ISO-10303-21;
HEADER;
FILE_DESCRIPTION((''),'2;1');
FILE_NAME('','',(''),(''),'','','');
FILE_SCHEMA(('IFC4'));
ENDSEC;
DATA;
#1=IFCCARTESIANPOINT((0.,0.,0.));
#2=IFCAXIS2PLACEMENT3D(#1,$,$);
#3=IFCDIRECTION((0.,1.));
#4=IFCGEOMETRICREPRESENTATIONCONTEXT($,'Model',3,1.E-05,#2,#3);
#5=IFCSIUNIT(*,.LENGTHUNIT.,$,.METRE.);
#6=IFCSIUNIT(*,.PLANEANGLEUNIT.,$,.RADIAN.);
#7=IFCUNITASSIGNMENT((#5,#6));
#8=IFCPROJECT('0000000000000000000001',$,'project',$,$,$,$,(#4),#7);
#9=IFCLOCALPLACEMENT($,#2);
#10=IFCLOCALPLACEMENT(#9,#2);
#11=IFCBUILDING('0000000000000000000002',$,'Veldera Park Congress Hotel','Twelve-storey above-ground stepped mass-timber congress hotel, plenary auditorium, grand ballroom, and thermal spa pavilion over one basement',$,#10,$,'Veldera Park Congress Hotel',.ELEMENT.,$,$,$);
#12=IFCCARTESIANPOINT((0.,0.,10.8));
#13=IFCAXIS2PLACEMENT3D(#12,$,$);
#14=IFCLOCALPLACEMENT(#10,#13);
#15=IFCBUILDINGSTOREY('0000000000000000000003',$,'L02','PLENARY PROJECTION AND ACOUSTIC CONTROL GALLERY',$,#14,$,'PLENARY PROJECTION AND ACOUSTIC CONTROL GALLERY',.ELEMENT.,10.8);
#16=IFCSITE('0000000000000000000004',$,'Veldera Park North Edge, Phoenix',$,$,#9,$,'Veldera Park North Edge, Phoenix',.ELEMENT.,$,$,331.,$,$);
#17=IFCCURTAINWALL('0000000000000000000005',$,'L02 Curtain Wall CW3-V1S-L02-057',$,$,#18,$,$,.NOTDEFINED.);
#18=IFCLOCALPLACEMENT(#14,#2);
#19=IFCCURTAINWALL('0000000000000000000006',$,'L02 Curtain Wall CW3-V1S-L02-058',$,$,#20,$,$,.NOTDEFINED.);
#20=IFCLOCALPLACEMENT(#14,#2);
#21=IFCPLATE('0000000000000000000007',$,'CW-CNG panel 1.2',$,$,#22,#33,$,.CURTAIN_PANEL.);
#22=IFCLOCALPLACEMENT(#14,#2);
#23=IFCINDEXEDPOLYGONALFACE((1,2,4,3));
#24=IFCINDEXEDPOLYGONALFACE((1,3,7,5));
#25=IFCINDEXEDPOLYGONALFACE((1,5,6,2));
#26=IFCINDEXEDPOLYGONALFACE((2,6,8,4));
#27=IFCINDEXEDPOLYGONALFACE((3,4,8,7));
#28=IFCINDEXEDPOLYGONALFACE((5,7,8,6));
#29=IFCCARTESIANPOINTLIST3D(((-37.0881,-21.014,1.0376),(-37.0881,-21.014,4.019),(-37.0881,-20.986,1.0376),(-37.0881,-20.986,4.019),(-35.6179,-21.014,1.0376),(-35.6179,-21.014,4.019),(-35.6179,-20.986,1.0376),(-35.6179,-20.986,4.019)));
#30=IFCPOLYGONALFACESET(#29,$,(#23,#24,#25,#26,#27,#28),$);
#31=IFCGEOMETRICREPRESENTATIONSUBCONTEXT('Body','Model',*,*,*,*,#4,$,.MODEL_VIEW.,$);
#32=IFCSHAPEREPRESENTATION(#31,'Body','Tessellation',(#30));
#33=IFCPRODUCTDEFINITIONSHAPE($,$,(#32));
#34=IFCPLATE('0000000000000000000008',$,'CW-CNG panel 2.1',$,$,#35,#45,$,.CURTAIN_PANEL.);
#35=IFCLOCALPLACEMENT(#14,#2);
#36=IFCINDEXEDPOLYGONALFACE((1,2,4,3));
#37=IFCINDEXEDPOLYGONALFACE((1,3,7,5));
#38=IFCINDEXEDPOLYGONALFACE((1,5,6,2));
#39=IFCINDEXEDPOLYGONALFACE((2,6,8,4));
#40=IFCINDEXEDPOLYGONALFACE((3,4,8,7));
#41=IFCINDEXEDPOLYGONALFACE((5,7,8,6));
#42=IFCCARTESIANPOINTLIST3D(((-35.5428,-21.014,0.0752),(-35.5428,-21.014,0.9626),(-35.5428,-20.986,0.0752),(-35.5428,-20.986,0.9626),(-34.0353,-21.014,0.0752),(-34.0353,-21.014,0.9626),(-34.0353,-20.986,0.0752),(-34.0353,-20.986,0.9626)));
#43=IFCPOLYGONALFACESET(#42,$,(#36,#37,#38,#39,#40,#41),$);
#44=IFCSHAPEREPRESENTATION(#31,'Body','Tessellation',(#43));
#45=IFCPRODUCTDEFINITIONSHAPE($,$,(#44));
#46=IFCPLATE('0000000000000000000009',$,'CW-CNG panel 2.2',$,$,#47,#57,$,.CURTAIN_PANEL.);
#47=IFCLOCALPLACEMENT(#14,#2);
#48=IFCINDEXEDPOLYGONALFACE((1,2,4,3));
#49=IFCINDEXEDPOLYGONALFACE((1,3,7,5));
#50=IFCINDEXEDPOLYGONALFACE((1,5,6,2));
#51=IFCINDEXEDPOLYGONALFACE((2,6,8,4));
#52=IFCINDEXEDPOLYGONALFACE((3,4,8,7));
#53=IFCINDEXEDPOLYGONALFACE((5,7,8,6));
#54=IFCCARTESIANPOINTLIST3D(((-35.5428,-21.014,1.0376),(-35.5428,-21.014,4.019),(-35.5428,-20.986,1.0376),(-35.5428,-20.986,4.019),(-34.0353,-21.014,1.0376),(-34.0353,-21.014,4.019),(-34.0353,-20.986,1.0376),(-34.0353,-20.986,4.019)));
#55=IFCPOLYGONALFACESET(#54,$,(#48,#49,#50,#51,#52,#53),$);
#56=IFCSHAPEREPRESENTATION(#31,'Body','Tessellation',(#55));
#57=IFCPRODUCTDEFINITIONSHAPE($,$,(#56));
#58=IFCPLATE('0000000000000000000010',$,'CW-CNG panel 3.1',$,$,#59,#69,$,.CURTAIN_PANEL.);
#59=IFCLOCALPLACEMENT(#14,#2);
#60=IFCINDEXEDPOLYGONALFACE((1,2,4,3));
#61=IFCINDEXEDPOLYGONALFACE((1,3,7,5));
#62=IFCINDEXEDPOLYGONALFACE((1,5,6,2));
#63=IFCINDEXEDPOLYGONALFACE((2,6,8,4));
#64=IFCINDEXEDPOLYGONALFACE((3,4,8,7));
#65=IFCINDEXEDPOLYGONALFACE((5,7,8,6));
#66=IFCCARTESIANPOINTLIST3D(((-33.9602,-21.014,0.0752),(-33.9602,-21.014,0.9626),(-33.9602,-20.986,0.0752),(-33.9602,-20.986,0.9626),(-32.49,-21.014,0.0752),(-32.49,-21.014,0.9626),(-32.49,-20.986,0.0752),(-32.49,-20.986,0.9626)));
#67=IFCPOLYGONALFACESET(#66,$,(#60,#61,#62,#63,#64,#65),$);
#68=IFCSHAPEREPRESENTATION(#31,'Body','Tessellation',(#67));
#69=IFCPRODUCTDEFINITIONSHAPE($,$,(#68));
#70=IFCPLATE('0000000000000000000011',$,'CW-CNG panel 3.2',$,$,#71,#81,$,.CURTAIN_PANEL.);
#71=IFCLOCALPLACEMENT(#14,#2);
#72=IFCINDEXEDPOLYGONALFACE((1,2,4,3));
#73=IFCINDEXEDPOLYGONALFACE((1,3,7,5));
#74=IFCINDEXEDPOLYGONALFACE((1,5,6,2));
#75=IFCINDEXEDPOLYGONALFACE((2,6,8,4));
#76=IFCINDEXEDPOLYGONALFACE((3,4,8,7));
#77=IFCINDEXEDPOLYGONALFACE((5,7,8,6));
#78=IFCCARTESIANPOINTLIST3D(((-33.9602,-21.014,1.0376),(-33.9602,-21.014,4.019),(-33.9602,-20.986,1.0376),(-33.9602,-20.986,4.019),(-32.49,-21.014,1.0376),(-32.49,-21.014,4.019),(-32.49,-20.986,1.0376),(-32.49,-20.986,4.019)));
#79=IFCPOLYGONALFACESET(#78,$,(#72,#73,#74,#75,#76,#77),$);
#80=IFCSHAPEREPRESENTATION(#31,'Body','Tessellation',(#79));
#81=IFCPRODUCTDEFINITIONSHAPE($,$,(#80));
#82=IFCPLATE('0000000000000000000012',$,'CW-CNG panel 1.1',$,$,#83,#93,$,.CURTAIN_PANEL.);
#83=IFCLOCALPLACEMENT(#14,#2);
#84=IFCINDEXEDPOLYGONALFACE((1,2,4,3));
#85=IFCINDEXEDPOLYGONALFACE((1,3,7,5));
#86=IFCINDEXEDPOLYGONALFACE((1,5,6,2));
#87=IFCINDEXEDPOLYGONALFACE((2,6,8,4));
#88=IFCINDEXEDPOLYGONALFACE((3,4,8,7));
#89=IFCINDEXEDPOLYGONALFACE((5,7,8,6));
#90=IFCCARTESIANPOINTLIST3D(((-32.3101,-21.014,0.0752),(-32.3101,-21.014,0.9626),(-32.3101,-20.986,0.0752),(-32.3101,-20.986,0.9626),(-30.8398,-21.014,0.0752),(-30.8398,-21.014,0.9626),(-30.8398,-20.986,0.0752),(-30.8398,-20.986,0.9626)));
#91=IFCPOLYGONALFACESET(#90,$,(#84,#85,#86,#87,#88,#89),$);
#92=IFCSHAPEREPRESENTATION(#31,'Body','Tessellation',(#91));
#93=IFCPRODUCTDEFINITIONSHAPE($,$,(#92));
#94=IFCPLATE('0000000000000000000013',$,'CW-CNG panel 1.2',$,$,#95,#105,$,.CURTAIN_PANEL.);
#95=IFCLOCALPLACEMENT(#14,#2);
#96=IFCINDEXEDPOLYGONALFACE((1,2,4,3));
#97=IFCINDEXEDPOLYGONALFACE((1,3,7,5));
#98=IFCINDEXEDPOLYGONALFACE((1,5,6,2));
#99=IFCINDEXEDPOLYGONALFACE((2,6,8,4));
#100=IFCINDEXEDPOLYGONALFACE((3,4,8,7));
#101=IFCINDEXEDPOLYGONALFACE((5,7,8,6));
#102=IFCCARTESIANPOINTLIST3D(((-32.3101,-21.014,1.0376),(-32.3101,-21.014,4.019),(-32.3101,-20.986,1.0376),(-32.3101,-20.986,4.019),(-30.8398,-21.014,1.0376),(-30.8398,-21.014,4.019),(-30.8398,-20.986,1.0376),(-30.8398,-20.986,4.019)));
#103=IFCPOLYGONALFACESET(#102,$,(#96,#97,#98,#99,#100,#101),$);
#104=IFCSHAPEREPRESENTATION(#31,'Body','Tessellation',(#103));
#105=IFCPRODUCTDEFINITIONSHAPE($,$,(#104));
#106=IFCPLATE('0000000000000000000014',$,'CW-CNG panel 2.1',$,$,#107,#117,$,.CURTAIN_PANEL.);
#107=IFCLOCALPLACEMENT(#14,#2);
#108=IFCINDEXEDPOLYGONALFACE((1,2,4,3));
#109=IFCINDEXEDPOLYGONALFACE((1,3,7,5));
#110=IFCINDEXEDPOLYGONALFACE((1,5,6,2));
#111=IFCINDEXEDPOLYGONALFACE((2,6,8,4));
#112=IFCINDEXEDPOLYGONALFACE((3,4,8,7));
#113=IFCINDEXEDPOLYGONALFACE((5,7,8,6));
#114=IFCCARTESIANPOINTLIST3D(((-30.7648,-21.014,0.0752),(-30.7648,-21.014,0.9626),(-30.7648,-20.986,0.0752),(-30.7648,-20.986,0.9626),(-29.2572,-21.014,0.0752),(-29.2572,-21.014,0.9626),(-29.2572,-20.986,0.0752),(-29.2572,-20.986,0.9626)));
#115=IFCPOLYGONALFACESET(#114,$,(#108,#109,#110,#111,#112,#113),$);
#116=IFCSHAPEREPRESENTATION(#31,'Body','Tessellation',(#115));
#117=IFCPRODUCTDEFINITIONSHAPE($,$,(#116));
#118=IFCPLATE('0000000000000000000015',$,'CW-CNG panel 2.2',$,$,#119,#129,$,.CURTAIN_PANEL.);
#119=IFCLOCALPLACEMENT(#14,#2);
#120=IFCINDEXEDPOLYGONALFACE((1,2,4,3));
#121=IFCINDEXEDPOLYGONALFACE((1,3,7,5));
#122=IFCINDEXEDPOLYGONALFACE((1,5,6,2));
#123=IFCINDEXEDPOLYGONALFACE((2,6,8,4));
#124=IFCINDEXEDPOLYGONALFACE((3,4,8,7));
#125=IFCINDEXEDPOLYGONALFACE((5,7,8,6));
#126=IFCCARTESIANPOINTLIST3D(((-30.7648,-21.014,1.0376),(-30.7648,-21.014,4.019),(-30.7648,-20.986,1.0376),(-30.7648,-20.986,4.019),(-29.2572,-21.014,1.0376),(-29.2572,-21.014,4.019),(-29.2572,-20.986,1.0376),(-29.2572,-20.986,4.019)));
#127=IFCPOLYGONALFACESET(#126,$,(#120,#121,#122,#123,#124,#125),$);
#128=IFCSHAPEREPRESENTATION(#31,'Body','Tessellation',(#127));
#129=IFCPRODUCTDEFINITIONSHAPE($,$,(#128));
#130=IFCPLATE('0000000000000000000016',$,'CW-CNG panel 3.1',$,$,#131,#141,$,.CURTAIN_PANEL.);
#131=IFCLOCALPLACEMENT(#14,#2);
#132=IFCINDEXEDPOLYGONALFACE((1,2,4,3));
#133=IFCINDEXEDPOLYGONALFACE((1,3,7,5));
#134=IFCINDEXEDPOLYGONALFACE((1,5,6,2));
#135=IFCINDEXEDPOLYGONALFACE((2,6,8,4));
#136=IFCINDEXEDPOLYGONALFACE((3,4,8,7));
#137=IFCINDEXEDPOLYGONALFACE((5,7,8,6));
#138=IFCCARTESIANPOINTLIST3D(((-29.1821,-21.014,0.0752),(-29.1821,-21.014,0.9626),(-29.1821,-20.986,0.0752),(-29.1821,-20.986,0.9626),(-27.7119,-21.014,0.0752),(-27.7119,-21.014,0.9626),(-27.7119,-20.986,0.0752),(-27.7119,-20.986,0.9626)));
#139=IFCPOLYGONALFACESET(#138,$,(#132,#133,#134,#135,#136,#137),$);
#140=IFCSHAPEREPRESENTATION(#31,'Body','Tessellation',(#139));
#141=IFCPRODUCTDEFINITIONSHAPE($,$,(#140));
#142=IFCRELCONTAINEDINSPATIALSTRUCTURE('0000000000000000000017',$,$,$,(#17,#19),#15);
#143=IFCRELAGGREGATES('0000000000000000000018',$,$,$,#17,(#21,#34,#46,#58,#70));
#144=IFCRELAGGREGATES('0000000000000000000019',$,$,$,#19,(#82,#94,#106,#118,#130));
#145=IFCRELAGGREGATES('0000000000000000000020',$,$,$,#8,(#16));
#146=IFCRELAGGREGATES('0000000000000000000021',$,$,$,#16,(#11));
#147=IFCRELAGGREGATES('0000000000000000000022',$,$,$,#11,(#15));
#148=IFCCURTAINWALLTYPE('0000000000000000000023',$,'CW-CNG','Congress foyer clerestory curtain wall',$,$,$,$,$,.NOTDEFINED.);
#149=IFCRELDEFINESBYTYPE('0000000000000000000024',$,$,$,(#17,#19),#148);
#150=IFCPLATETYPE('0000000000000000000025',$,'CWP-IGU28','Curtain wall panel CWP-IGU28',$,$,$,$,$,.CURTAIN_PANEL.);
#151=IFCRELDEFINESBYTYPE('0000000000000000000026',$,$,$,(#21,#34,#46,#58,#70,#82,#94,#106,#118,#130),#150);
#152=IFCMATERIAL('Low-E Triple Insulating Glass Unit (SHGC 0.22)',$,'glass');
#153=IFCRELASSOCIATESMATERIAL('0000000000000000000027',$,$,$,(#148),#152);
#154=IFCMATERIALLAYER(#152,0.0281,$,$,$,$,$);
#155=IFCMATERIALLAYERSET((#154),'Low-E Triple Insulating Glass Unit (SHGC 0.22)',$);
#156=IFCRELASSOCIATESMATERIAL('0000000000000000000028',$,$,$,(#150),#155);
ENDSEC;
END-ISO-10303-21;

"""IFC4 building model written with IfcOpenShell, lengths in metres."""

from ifc_helpers import new_model, si_unit, direction, frame, origin, origin_2d, place, context, subcontext, project, spatial, rectangle, extrude, material, layer, layer_set, type_object, element, aggregate, save


model = new_model("IFC4")

# Units and contexts
model_context = context("Model", 3, precision=1e-05, world=origin(), true_north=direction((0.0, 1.0)))
body_context = subcontext(model_context, "Body", "Model", "MODEL_VIEW")
ifc_project = project(units=[si_unit("LENGTHUNIT", "METRE"), si_unit("PLANEANGLEUNIT", "RADIAN")], contexts=[model_context])

# Site, building, storey
site_placement = place(None, origin())
site = spatial("IfcSite", under=ifc_project, at=site_placement, Name="Veldera Park North Edge, Phoenix", LongName="Veldera Park North Edge, Phoenix", CompositionType="ELEMENT", RefElevation=331.0)
building_placement = place(site_placement, origin())
building = spatial("IfcBuilding", under=site, at=building_placement, Name="Veldera Park Congress Hotel", Description="Twelve-storey above-ground stepped mass-timber congress hotel, plenary auditorium, grand ballroom, and thermal spa pavilion over one basement", LongName="Veldera Park Congress Hotel", CompositionType="ELEMENT")
storey_placement = place(building_placement, frame((0.0, 0.0, 10.8)))
storey = spatial("IfcBuildingStorey", under=building, at=storey_placement, Name="L02", Description="PLENARY PROJECTION AND ACOUSTIC CONTROL GALLERY", LongName="PLENARY PROJECTION AND ACOUSTIC CONTROL GALLERY", CompositionType="ELEMENT", Elevation=10.8)

# Curtain walls
ifc_material_1 = material(Name="Low-E Triple Insulating Glass Unit (SHGC 0.22)", Category="glass")
curtain_wall_type = type_object("IfcCurtainWallType", Name="CW-CNG", Description="Congress foyer clerestory curtain wall", PredefinedType="NOTDEFINED", material=ifc_material_1)
curtain_wall_1_placement = place(storey_placement, origin())
curtain_wall_1 = element("IfcCurtainWall", 1, at=curtain_wall_1_placement, inside=storey, type_object=curtain_wall_type, Name="L02 Curtain Wall CW3-V1S-L02-057", PredefinedType="NOTDEFINED")
curtain_wall_2_placement = place(storey_placement, origin())
curtain_wall_2 = element("IfcCurtainWall", 2, at=curtain_wall_2_placement, inside=storey, type_object=curtain_wall_type, Name="L02 Curtain Wall CW3-V1S-L02-058", PredefinedType="NOTDEFINED")

# Plates
ifc_layer = layer(ifc_material_1, 0.0281)
ifc_layer_set = layer_set([ifc_layer], Name="Low-E Triple Insulating Glass Unit (SHGC 0.22)")
plate_type = type_object("IfcPlateType", Name="CWP-IGU28", Description="Curtain wall panel CWP-IGU28", PredefinedType="CURTAIN_PANEL", material=ifc_layer_set)
plate_1_placement = place(storey_placement, frame((-36.353, -21.0, 1.0376), z_axis=(0.0, 0.0, 1.0), x_axis=(1.0, 0.0, 0.0)))
plate_1 = element("IfcPlate", 3, at=plate_1_placement, type_object=plate_type, Name="CW-CNG panel 1.2", PredefinedType="CURTAIN_PANEL", context=body_context, shape_type="SweptSolid", body=[
    extrude(rectangle(XDim=1.4702, YDim=0.0281, at=origin_2d()), origin(), (0.0, 0.0, 1.0), 2.9814),
])
plate_2_placement = place(storey_placement, frame((-34.7891, -21.0, 0.0752), z_axis=(0.0, 0.0, 1.0), x_axis=(1.0, 0.0, 0.0)))
plate_2 = element("IfcPlate", 4, at=plate_2_placement, type_object=plate_type, Name="CW-CNG panel 2.1", PredefinedType="CURTAIN_PANEL", context=body_context, shape_type="SweptSolid", body=[
    extrude(rectangle(XDim=1.5076, YDim=0.0281, at=origin_2d()), origin(), (0.0, 0.0, 1.0), 0.8875),
])
plate_3_placement = place(storey_placement, frame((-34.7891, -21.0, 1.0376), z_axis=(0.0, 0.0, 1.0), x_axis=(1.0, 0.0, 0.0)))
plate_3 = element("IfcPlate", 5, at=plate_3_placement, type_object=plate_type, Name="CW-CNG panel 2.2", PredefinedType="CURTAIN_PANEL", context=body_context, shape_type="SweptSolid", body=[
    extrude(rectangle(XDim=1.5076, YDim=0.0281, at=origin_2d()), origin(), (0.0, 0.0, 1.0), 2.9814),
])
plate_4_placement = place(storey_placement, frame((-33.2251, -21.0, 0.0752), z_axis=(0.0, 0.0, 1.0), x_axis=(1.0, 0.0, 0.0)))
plate_4 = element("IfcPlate", 6, at=plate_4_placement, type_object=plate_type, Name="CW-CNG panel 3.1", PredefinedType="CURTAIN_PANEL", context=body_context, shape_type="SweptSolid", body=[
    extrude(rectangle(XDim=1.4702, YDim=0.0281, at=origin_2d()), origin(), (0.0, 0.0, 1.0), 0.8875),
])
plate_5_placement = place(storey_placement, frame((-33.2251, -21.0, 1.0376), z_axis=(0.0, 0.0, 1.0), x_axis=(1.0, 0.0, 0.0)))
plate_5 = element("IfcPlate", 7, at=plate_5_placement, type_object=plate_type, Name="CW-CNG panel 3.2", PredefinedType="CURTAIN_PANEL", context=body_context, shape_type="SweptSolid", body=[
    extrude(rectangle(XDim=1.4702, YDim=0.0281, at=origin_2d()), origin(), (0.0, 0.0, 1.0), 2.9814),
])
aggregate(curtain_wall_1, [plate_1, plate_2, plate_3, plate_4, plate_5])
plate_6_placement = place(storey_placement, frame((-31.575, -21.0, 0.0752), z_axis=(0.0, 0.0, 1.0), x_axis=(1.0, 0.0, 0.0)))
plate_6 = element("IfcPlate", 8, at=plate_6_placement, type_object=plate_type, Name="CW-CNG panel 1.1", PredefinedType="CURTAIN_PANEL", context=body_context, shape_type="SweptSolid", body=[
    extrude(rectangle(XDim=1.4702, YDim=0.0281, at=origin_2d()), origin(), (0.0, 0.0, 1.0), 0.8875),
])
plate_7_placement = place(storey_placement, frame((-31.575, -21.0, 1.0376), z_axis=(0.0, 0.0, 1.0), x_axis=(1.0, 0.0, 0.0)))
plate_7 = element("IfcPlate", 9, at=plate_7_placement, type_object=plate_type, Name="CW-CNG panel 1.2", PredefinedType="CURTAIN_PANEL", context=body_context, shape_type="SweptSolid", body=[
    extrude(rectangle(XDim=1.4702, YDim=0.0281, at=origin_2d()), origin(), (0.0, 0.0, 1.0), 2.9814),
])
plate_8_placement = place(storey_placement, frame((-30.011, -21.0, 0.0752), z_axis=(0.0, 0.0, 1.0), x_axis=(1.0, 0.0, 0.0)))
plate_8 = element("IfcPlate", 10, at=plate_8_placement, type_object=plate_type, Name="CW-CNG panel 2.1", PredefinedType="CURTAIN_PANEL", context=body_context, shape_type="SweptSolid", body=[
    extrude(rectangle(XDim=1.5076, YDim=0.0281, at=origin_2d()), origin(), (0.0, 0.0, 1.0), 0.8875),
])
plate_9_placement = place(storey_placement, frame((-30.011, -21.0, 1.0376), z_axis=(0.0, 0.0, 1.0), x_axis=(1.0, 0.0, 0.0)))
plate_9 = element("IfcPlate", 11, at=plate_9_placement, type_object=plate_type, Name="CW-CNG panel 2.2", PredefinedType="CURTAIN_PANEL", context=body_context, shape_type="SweptSolid", body=[
    extrude(rectangle(XDim=1.5076, YDim=0.0281, at=origin_2d()), origin(), (0.0, 0.0, 1.0), 2.9814),
])
plate_10_placement = place(storey_placement, frame((-28.447, -21.0, 0.0752), z_axis=(0.0, 0.0, 1.0), x_axis=(1.0, 0.0, 0.0)))
plate_10 = element("IfcPlate", 12, at=plate_10_placement, type_object=plate_type, Name="CW-CNG panel 3.1", PredefinedType="CURTAIN_PANEL", context=body_context, shape_type="SweptSolid", body=[
    extrude(rectangle(XDim=1.4702, YDim=0.0281, at=origin_2d()), origin(), (0.0, 0.0, 1.0), 0.8875),
])
aggregate(curtain_wall_2, [plate_6, plate_7, plate_8, plate_9, plate_10])

save(model, "model.ifc")
